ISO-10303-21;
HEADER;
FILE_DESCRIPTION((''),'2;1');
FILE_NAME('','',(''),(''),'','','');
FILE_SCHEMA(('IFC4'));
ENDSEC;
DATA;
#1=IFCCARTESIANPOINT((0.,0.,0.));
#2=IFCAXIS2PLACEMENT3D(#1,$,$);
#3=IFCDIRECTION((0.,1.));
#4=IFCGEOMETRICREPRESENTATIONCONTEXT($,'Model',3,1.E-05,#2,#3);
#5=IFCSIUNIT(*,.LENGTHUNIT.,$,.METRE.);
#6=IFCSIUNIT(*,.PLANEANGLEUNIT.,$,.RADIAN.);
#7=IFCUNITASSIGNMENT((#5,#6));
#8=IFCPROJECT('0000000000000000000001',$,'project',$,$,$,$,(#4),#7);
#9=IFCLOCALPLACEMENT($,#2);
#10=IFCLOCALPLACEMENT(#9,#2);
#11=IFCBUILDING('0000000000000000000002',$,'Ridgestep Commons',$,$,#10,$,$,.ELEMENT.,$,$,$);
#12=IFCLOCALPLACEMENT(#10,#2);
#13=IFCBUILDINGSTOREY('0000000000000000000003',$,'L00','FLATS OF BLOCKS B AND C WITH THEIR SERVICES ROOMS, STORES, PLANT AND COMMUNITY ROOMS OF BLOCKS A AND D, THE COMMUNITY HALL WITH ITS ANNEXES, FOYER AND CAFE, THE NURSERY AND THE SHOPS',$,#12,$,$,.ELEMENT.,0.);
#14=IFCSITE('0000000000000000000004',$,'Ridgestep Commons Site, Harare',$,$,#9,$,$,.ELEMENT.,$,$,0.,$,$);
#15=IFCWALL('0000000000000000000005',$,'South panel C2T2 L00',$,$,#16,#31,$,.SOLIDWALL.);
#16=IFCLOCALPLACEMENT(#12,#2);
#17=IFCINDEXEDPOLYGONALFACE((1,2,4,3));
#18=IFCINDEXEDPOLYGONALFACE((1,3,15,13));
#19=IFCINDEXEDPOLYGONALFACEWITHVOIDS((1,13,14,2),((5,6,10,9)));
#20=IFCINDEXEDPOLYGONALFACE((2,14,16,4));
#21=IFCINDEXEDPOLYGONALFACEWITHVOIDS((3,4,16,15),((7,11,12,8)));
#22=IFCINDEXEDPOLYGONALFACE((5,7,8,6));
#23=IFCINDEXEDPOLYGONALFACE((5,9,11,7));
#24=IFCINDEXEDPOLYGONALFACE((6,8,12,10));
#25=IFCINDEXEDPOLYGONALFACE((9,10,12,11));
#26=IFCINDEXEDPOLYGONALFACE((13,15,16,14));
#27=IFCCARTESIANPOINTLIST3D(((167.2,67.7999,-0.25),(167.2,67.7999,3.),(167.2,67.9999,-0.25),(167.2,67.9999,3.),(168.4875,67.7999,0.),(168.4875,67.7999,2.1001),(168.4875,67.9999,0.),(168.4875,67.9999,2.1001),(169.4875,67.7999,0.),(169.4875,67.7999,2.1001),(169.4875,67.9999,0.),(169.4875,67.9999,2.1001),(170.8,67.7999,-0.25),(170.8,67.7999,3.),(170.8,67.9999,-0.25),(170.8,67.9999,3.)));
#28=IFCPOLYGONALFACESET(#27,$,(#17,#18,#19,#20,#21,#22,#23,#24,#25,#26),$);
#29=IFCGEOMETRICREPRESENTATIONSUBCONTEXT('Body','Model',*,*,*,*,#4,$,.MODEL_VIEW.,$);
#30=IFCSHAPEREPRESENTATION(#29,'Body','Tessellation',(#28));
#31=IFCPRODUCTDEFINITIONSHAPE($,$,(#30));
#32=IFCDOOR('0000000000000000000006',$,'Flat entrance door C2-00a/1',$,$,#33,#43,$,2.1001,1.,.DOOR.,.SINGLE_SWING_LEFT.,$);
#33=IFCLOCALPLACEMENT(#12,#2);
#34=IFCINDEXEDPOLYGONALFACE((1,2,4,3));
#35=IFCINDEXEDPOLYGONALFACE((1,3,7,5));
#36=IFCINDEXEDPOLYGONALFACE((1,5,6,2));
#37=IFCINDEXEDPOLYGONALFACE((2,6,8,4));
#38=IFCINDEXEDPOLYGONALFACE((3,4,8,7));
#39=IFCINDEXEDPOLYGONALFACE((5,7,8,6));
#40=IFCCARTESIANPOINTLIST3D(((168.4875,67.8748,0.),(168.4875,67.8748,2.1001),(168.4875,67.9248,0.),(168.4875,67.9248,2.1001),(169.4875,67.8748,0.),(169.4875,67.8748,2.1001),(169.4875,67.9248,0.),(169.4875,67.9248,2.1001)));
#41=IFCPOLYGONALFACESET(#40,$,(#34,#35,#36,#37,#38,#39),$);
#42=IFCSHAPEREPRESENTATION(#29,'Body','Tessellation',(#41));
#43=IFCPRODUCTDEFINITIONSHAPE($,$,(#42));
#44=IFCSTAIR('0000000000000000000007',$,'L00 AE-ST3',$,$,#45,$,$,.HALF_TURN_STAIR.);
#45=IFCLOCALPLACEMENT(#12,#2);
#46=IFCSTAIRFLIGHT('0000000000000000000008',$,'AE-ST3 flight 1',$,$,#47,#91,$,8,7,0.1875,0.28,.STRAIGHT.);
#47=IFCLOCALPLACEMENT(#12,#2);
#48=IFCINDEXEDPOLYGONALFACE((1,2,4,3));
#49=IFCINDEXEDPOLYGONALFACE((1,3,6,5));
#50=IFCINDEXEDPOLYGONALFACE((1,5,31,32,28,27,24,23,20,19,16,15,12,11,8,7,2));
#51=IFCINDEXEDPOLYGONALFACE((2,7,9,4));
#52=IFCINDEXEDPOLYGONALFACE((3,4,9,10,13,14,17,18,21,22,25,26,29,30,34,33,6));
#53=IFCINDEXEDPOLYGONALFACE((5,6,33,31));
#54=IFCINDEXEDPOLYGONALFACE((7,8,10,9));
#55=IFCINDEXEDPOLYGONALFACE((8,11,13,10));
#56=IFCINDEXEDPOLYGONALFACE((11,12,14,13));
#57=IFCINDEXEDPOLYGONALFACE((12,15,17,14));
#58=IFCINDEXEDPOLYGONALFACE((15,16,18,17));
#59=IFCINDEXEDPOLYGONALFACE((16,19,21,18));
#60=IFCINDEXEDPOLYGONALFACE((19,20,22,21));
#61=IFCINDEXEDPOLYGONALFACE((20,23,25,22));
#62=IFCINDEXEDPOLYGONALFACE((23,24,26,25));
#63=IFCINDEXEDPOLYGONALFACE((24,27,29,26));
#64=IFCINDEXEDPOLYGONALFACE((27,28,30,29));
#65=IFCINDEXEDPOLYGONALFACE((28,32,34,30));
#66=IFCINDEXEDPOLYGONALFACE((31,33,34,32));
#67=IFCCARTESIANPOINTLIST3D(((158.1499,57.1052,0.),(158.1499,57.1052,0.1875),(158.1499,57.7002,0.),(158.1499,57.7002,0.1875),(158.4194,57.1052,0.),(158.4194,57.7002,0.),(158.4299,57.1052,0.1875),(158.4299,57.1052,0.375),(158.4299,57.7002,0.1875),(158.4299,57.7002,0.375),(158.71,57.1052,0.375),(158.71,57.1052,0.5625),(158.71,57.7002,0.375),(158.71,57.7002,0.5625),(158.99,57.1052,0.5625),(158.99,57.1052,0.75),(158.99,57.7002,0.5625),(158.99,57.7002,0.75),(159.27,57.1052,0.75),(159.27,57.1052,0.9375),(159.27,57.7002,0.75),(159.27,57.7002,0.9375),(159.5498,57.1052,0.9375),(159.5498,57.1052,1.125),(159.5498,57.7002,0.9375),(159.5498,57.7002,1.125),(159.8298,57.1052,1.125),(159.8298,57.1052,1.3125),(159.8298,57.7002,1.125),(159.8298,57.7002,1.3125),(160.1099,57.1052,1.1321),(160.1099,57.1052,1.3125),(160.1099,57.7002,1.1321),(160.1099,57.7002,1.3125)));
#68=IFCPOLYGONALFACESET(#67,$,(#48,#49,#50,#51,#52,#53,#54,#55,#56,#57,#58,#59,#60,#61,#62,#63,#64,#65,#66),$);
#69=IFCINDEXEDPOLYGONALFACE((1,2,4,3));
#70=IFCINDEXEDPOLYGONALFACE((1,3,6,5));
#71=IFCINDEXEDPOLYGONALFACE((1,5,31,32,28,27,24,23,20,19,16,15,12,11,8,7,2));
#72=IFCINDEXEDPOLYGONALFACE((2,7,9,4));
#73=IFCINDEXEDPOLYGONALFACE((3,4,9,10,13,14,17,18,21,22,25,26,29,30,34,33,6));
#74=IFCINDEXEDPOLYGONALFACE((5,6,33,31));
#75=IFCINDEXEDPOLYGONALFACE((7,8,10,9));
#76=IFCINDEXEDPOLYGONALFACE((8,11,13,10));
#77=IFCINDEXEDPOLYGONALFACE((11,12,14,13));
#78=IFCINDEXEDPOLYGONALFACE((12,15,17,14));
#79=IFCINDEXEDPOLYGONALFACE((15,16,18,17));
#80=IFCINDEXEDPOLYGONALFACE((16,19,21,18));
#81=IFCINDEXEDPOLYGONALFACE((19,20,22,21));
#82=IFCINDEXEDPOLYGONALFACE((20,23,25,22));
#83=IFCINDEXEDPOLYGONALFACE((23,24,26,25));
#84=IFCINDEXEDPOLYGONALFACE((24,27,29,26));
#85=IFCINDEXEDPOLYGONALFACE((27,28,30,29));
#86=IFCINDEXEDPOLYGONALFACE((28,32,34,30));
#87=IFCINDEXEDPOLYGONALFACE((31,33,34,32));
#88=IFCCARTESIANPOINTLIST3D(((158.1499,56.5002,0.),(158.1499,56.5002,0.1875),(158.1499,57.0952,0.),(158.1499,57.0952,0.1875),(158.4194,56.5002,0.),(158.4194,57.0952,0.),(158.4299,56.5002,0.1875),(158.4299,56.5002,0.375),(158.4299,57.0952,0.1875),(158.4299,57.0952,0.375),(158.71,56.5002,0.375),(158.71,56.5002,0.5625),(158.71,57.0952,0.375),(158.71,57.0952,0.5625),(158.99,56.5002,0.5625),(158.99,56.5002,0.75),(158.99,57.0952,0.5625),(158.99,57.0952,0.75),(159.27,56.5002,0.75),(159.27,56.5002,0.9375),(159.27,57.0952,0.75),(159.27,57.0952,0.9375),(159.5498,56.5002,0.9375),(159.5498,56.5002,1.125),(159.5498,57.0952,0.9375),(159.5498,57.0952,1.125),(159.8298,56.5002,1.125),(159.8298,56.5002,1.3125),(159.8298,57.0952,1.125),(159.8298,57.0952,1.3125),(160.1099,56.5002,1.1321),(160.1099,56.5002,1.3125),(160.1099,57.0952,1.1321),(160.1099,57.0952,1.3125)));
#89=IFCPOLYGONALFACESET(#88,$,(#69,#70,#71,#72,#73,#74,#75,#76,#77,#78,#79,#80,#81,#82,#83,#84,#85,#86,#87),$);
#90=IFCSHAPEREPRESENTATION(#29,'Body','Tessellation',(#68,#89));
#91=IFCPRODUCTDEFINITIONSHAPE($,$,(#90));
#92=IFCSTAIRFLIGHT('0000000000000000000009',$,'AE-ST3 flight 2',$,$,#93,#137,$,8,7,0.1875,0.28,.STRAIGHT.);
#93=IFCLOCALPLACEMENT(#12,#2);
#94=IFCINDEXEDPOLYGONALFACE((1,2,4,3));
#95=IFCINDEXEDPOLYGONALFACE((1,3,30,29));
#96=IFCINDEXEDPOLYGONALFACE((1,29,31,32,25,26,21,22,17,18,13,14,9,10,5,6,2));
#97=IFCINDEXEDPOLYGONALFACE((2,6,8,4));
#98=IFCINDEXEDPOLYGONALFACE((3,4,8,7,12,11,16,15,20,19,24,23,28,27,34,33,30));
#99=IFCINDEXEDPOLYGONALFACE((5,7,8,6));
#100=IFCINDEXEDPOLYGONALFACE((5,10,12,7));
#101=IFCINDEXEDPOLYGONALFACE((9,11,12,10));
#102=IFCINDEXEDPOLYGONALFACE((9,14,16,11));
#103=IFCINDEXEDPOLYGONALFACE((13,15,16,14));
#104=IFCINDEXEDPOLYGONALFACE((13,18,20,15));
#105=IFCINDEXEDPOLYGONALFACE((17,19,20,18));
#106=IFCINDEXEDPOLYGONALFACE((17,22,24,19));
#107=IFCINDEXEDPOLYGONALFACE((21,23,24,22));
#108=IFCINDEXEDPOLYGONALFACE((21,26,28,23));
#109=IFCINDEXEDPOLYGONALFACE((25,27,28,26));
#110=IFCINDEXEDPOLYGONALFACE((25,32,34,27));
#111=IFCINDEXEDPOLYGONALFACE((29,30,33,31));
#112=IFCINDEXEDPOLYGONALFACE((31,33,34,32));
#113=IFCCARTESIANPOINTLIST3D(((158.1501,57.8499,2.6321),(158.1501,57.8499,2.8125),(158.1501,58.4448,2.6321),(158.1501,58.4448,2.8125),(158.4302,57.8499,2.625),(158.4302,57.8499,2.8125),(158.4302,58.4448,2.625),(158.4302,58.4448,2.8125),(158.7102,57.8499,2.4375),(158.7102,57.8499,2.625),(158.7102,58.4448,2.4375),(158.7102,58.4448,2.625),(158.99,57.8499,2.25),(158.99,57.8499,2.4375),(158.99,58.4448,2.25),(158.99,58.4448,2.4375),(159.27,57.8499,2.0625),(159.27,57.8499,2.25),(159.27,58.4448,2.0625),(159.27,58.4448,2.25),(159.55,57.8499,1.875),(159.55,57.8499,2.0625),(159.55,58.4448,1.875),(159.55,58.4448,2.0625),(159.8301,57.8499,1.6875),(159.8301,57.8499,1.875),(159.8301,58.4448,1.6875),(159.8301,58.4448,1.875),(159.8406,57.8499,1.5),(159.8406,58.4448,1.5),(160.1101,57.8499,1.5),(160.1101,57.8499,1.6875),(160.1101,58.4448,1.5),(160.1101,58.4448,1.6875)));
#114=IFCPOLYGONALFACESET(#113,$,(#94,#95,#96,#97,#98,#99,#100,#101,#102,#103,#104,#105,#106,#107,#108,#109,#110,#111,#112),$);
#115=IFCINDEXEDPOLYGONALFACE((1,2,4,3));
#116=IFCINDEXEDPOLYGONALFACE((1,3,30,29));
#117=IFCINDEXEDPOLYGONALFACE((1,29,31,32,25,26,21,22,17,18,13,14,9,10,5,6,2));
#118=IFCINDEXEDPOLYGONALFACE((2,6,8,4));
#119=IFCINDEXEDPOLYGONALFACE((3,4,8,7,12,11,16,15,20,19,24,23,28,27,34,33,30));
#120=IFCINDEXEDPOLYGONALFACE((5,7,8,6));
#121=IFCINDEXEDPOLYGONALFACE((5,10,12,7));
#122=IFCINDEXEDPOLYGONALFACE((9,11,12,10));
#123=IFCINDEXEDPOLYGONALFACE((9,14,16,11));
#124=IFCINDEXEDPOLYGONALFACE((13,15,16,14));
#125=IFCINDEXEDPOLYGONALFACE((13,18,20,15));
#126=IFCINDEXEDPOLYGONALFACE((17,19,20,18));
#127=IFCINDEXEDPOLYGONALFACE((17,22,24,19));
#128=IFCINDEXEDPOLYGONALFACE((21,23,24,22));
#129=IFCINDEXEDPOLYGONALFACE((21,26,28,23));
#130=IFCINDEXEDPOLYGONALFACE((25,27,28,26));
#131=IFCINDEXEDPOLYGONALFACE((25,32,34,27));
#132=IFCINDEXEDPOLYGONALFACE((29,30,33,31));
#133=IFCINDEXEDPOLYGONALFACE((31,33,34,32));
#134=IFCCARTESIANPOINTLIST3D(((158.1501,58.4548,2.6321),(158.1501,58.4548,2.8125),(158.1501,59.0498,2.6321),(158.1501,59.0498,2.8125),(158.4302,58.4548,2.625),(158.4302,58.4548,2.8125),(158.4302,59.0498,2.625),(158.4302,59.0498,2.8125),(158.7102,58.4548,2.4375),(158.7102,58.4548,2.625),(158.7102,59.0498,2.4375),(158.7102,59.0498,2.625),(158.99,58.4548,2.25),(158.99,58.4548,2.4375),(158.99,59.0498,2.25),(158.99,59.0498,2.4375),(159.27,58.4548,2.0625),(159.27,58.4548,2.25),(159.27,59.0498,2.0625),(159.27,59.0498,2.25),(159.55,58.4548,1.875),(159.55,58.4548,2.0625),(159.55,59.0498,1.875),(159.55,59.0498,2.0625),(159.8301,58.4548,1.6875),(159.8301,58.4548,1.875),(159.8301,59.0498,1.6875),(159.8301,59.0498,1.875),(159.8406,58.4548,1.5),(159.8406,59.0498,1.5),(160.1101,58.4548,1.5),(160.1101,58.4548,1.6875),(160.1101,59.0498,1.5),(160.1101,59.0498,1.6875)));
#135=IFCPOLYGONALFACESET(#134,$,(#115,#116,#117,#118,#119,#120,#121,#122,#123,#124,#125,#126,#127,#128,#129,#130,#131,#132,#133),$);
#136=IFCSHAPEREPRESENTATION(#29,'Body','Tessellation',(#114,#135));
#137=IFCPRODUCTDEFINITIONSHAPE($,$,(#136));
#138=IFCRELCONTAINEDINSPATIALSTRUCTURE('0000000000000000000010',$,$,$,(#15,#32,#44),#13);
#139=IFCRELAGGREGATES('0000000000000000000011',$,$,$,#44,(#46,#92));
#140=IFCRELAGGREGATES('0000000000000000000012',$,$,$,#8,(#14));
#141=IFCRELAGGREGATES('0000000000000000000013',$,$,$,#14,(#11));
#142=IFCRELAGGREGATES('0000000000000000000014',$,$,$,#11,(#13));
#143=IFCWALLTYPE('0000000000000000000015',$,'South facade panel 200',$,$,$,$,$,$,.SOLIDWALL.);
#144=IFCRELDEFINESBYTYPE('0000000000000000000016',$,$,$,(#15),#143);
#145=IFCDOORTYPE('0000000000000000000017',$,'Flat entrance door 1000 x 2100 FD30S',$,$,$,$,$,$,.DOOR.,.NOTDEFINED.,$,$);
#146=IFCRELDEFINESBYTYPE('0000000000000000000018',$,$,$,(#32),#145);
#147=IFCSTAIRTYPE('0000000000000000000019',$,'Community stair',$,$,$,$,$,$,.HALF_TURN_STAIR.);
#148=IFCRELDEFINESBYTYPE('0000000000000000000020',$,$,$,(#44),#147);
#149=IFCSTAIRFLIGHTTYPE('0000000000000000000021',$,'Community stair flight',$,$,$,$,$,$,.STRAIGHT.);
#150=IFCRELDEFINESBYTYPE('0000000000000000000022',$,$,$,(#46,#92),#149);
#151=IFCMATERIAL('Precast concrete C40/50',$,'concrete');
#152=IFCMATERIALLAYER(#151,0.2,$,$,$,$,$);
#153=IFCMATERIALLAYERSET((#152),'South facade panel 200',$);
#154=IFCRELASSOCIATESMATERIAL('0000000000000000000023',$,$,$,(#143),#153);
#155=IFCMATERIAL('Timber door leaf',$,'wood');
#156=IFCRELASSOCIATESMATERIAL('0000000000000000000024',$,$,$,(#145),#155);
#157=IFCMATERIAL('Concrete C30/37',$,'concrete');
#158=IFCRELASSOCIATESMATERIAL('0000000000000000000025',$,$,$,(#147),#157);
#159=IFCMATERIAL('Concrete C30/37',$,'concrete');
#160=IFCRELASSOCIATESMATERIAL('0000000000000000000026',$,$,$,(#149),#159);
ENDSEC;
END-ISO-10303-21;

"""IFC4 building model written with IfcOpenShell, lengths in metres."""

from ifc_helpers import new_model, si_unit, direction, frame, frame_2d, origin, place, context, subcontext, project, spatial, polyline, rectangle, outline, extrude, material, layer, layer_set, type_object, element, fill, aggregate, save


model = new_model("IFC4")

# Units and contexts
model_context = context("Model", 3, precision=1e-05, world=origin(), true_north=direction((0.0, 1.0)))
body_context = subcontext(model_context, "Body", "Model", "MODEL_VIEW")
ifc_project = project(units=[si_unit("LENGTHUNIT", "METRE"), si_unit("PLANEANGLEUNIT", "RADIAN")], contexts=[model_context])

# Site, building, storey
site_placement = place(None, origin())
site = spatial("IfcSite", under=ifc_project, at=site_placement, Name="Ridgestep Commons Site, Harare", CompositionType="ELEMENT", RefElevation=0.0)
building_placement = place(site_placement, origin())
building = spatial("IfcBuilding", under=site, at=building_placement, Name="Ridgestep Commons", CompositionType="ELEMENT")
storey_placement = place(building_placement, origin())
storey = spatial("IfcBuildingStorey", under=building, at=storey_placement, Name="L00", Description="FLATS OF BLOCKS B AND C WITH THEIR SERVICES ROOMS, STORES, PLANT AND COMMUNITY ROOMS OF BLOCKS A AND D, THE COMMUNITY HALL WITH ITS ANNEXES, FOYER AND CAFE, THE NURSERY AND THE SHOPS", CompositionType="ELEMENT", Elevation=0.0)

# Shared definitions
ifc_material_1 = material(Name="Precast concrete C40/50", Category="concrete")
ifc_layer_1 = layer(ifc_material_1, 0.2)
ifc_layer_set_1 = layer_set([ifc_layer_1], Name="South facade panel 200")
wall_type_1 = type_object("IfcWallType", Name="South facade panel 200", PredefinedType="SOLIDWALL", material=ifc_layer_set_1)

# Wall, opening, door
wall_1_placement = place(storey_placement, frame((167.2, 67.8999, -0.25), z_axis=(0.0, 0.0, 1.0), x_axis=(1.0, 0.0, 0.0)))
wall_1 = element("IfcWall", 1, at=wall_1_placement, inside=storey, type_object=wall_type_1, Name="South panel C2T2 L00", PredefinedType="SOLIDWALL", context=body_context, shape_type="SweptSolid", body=[
    extrude(rectangle(XDim=3.6001, YDim=0.2, at=frame_2d((1.8, 0.0))), origin(), (0.0, 0.0, 1.0), 3.25),
])
opening_1_placement = place(wall_1_placement, frame((1.2876, 0.0, 0.25)))
opening_1 = element("IfcOpeningElement", 2, at=opening_1_placement, cuts=wall_1, PredefinedType="OPENING", context=body_context, shape_type="SweptSolid", body=[
    extrude(rectangle(XDim=1.0, YDim=2.1001, at=frame_2d((0.5, 1.05))), frame((0.0, 0.1099, 0.0), z_axis=(0.0, -1.0, 0.0), x_axis=(1.0, 0.0, 0.0)), (0.0, 0.0, 1.0), 0.22),
])
ifc_material_2 = material(Name="Timber door leaf", Category="wood")
door_type_1 = type_object("IfcDoorType", Name="Flat entrance door 1000 x 2100 FD30S", OperationType="NOTDEFINED", PredefinedType="DOOR", material=ifc_material_2)
door_1_placement = place(opening_1_placement, origin())
door_1 = element("IfcDoor", 3, at=door_1_placement, inside=storey, type_object=door_type_1, Name="Flat entrance door C2-00a/1", OperationType="SINGLE_SWING_LEFT", OverallHeight=2.1001, OverallWidth=1.0, PredefinedType="DOOR", context=body_context, shape_type="SweptSolid", body=[
    extrude(rectangle(XDim=1.0, YDim=2.1001, at=frame_2d((0.5, 1.05))), frame((0.0, 0.0249, 0.0), z_axis=(0.0, -1.0, 0.0), x_axis=(1.0, 0.0, 0.0)), (0.0, 0.0, 1.0), 0.05),
])
fill(opening_1, door_1)

# Stair, stair flights
ifc_material_3 = material(Name="Concrete C30/37", Category="concrete")
stair_type = type_object("IfcStairType", Name="Community stair", PredefinedType="HALF_TURN_STAIR", material=ifc_material_3)
stair_placement = place(storey_placement, origin())
stair = element("IfcStair", 4, at=stair_placement, inside=storey, type_object=stair_type, Name="L00 AE-ST3", PredefinedType="HALF_TURN_STAIR")
ifc_material_4 = material(Name="Concrete C30/37", Category="concrete")
stair_flight_type = type_object("IfcStairFlightType", Name="Community stair flight", PredefinedType="STRAIGHT", material=ifc_material_4)
stair_flight_1_placement = place(storey_placement, frame((158.1499, 57.1001, 0.0), z_axis=(0.0, 0.0, 1.0), x_axis=(1.0, 0.0, 0.0)))
stair_flight_1 = element("IfcStairFlight", 5, at=stair_flight_1_placement, type_object=stair_flight_type, Name="AE-ST3 flight 1", NumberOfRisers=8, NumberOfTreads=7, PredefinedType="STRAIGHT", RiserHeight=0.1875, TreadLength=0.28, context=body_context, shape_type="SweptSolid", body=[
    extrude(outline(polyline([(0.0, 0.0), (0.0, 0.1875), (0.28, 0.1875), (0.28, 0.375), (0.5601, 0.375), (0.5601, 0.5625), (0.8401, 0.5625), (0.8401, 0.75), (1.1201, 0.75), (1.1201, 0.9375), (1.3999, 0.9375), (1.3999, 1.125), (1.6799, 1.125), (1.6799, 1.3125), (1.96, 1.3125), (1.96, 1.5), (1.96, 1.1321), (0.2695, 0.0), (0.0, 0.0)])), frame((0.0, 0.6001, 0.0), z_axis=(0.0, -1.0, 0.0), x_axis=(1.0, 0.0, 0.0)), (0.0, 0.0, 1.0), 0.595),
    extrude(outline(polyline([(0.0, 0.0), (0.0, 0.1875), (0.28, 0.1875), (0.28, 0.375), (0.5601, 0.375), (0.5601, 0.5625), (0.8401, 0.5625), (0.8401, 0.75), (1.1201, 0.75), (1.1201, 0.9375), (1.3999, 0.9375), (1.3999, 1.125), (1.6799, 1.125), (1.6799, 1.3125), (1.96, 1.3125), (1.96, 1.5), (1.96, 1.1321), (0.2695, 0.0), (0.0, 0.0)])), frame((0.0, -0.0049, 0.0), z_axis=(0.0, -1.0, 0.0), x_axis=(1.0, 0.0, 0.0)), (0.0, 0.0, 1.0), 0.595),
])
stair_flight_2_placement = place(storey_placement, frame((160.1101, 58.45, 1.5), z_axis=(0.0, 0.0, 1.0), x_axis=(-1.0, 0.0, 0.0)))
stair_flight_2 = element("IfcStairFlight", 6, at=stair_flight_2_placement, type_object=stair_flight_type, Name="AE-ST3 flight 2", NumberOfRisers=8, NumberOfTreads=7, PredefinedType="STRAIGHT", RiserHeight=0.1875, TreadLength=0.28, context=body_context, shape_type="SweptSolid", body=[
    extrude(outline(polyline([(0.0, 0.0), (0.0, 0.1875), (0.28, 0.1875), (0.28, 0.375), (0.5601, 0.375), (0.5601, 0.5625), (0.8401, 0.5625), (0.8401, 0.75), (1.1201, 0.75), (1.1201, 0.9375), (1.3999, 0.9375), (1.3999, 1.125), (1.6799, 1.125), (1.6799, 1.3125), (1.96, 1.3125), (1.96, 1.5), (1.96, 1.1321), (0.2695, 0.0), (0.0, 0.0)])), frame((0.0, 0.6001, 0.0), z_axis=(0.0, -1.0, 0.0), x_axis=(1.0, 0.0, 0.0)), (0.0, 0.0, 1.0), 0.595),
    extrude(outline(polyline([(0.0, 0.0), (0.0, 0.1875), (0.28, 0.1875), (0.28, 0.375), (0.5601, 0.375), (0.5601, 0.5625), (0.8401, 0.5625), (0.8401, 0.75), (1.1201, 0.75), (1.1201, 0.9375), (1.3999, 0.9375), (1.3999, 1.125), (1.6799, 1.125), (1.6799, 1.3125), (1.96, 1.3125), (1.96, 1.5), (1.96, 1.1321), (0.2695, 0.0), (0.0, 0.0)])), frame((0.0, -0.0049, 0.0), z_axis=(0.0, -1.0, 0.0), x_axis=(1.0, 0.0, 0.0)), (0.0, 0.0, 1.0), 0.595),
])
aggregate(stair, [stair_flight_1, stair_flight_2])

save(model, "model.ifc")
